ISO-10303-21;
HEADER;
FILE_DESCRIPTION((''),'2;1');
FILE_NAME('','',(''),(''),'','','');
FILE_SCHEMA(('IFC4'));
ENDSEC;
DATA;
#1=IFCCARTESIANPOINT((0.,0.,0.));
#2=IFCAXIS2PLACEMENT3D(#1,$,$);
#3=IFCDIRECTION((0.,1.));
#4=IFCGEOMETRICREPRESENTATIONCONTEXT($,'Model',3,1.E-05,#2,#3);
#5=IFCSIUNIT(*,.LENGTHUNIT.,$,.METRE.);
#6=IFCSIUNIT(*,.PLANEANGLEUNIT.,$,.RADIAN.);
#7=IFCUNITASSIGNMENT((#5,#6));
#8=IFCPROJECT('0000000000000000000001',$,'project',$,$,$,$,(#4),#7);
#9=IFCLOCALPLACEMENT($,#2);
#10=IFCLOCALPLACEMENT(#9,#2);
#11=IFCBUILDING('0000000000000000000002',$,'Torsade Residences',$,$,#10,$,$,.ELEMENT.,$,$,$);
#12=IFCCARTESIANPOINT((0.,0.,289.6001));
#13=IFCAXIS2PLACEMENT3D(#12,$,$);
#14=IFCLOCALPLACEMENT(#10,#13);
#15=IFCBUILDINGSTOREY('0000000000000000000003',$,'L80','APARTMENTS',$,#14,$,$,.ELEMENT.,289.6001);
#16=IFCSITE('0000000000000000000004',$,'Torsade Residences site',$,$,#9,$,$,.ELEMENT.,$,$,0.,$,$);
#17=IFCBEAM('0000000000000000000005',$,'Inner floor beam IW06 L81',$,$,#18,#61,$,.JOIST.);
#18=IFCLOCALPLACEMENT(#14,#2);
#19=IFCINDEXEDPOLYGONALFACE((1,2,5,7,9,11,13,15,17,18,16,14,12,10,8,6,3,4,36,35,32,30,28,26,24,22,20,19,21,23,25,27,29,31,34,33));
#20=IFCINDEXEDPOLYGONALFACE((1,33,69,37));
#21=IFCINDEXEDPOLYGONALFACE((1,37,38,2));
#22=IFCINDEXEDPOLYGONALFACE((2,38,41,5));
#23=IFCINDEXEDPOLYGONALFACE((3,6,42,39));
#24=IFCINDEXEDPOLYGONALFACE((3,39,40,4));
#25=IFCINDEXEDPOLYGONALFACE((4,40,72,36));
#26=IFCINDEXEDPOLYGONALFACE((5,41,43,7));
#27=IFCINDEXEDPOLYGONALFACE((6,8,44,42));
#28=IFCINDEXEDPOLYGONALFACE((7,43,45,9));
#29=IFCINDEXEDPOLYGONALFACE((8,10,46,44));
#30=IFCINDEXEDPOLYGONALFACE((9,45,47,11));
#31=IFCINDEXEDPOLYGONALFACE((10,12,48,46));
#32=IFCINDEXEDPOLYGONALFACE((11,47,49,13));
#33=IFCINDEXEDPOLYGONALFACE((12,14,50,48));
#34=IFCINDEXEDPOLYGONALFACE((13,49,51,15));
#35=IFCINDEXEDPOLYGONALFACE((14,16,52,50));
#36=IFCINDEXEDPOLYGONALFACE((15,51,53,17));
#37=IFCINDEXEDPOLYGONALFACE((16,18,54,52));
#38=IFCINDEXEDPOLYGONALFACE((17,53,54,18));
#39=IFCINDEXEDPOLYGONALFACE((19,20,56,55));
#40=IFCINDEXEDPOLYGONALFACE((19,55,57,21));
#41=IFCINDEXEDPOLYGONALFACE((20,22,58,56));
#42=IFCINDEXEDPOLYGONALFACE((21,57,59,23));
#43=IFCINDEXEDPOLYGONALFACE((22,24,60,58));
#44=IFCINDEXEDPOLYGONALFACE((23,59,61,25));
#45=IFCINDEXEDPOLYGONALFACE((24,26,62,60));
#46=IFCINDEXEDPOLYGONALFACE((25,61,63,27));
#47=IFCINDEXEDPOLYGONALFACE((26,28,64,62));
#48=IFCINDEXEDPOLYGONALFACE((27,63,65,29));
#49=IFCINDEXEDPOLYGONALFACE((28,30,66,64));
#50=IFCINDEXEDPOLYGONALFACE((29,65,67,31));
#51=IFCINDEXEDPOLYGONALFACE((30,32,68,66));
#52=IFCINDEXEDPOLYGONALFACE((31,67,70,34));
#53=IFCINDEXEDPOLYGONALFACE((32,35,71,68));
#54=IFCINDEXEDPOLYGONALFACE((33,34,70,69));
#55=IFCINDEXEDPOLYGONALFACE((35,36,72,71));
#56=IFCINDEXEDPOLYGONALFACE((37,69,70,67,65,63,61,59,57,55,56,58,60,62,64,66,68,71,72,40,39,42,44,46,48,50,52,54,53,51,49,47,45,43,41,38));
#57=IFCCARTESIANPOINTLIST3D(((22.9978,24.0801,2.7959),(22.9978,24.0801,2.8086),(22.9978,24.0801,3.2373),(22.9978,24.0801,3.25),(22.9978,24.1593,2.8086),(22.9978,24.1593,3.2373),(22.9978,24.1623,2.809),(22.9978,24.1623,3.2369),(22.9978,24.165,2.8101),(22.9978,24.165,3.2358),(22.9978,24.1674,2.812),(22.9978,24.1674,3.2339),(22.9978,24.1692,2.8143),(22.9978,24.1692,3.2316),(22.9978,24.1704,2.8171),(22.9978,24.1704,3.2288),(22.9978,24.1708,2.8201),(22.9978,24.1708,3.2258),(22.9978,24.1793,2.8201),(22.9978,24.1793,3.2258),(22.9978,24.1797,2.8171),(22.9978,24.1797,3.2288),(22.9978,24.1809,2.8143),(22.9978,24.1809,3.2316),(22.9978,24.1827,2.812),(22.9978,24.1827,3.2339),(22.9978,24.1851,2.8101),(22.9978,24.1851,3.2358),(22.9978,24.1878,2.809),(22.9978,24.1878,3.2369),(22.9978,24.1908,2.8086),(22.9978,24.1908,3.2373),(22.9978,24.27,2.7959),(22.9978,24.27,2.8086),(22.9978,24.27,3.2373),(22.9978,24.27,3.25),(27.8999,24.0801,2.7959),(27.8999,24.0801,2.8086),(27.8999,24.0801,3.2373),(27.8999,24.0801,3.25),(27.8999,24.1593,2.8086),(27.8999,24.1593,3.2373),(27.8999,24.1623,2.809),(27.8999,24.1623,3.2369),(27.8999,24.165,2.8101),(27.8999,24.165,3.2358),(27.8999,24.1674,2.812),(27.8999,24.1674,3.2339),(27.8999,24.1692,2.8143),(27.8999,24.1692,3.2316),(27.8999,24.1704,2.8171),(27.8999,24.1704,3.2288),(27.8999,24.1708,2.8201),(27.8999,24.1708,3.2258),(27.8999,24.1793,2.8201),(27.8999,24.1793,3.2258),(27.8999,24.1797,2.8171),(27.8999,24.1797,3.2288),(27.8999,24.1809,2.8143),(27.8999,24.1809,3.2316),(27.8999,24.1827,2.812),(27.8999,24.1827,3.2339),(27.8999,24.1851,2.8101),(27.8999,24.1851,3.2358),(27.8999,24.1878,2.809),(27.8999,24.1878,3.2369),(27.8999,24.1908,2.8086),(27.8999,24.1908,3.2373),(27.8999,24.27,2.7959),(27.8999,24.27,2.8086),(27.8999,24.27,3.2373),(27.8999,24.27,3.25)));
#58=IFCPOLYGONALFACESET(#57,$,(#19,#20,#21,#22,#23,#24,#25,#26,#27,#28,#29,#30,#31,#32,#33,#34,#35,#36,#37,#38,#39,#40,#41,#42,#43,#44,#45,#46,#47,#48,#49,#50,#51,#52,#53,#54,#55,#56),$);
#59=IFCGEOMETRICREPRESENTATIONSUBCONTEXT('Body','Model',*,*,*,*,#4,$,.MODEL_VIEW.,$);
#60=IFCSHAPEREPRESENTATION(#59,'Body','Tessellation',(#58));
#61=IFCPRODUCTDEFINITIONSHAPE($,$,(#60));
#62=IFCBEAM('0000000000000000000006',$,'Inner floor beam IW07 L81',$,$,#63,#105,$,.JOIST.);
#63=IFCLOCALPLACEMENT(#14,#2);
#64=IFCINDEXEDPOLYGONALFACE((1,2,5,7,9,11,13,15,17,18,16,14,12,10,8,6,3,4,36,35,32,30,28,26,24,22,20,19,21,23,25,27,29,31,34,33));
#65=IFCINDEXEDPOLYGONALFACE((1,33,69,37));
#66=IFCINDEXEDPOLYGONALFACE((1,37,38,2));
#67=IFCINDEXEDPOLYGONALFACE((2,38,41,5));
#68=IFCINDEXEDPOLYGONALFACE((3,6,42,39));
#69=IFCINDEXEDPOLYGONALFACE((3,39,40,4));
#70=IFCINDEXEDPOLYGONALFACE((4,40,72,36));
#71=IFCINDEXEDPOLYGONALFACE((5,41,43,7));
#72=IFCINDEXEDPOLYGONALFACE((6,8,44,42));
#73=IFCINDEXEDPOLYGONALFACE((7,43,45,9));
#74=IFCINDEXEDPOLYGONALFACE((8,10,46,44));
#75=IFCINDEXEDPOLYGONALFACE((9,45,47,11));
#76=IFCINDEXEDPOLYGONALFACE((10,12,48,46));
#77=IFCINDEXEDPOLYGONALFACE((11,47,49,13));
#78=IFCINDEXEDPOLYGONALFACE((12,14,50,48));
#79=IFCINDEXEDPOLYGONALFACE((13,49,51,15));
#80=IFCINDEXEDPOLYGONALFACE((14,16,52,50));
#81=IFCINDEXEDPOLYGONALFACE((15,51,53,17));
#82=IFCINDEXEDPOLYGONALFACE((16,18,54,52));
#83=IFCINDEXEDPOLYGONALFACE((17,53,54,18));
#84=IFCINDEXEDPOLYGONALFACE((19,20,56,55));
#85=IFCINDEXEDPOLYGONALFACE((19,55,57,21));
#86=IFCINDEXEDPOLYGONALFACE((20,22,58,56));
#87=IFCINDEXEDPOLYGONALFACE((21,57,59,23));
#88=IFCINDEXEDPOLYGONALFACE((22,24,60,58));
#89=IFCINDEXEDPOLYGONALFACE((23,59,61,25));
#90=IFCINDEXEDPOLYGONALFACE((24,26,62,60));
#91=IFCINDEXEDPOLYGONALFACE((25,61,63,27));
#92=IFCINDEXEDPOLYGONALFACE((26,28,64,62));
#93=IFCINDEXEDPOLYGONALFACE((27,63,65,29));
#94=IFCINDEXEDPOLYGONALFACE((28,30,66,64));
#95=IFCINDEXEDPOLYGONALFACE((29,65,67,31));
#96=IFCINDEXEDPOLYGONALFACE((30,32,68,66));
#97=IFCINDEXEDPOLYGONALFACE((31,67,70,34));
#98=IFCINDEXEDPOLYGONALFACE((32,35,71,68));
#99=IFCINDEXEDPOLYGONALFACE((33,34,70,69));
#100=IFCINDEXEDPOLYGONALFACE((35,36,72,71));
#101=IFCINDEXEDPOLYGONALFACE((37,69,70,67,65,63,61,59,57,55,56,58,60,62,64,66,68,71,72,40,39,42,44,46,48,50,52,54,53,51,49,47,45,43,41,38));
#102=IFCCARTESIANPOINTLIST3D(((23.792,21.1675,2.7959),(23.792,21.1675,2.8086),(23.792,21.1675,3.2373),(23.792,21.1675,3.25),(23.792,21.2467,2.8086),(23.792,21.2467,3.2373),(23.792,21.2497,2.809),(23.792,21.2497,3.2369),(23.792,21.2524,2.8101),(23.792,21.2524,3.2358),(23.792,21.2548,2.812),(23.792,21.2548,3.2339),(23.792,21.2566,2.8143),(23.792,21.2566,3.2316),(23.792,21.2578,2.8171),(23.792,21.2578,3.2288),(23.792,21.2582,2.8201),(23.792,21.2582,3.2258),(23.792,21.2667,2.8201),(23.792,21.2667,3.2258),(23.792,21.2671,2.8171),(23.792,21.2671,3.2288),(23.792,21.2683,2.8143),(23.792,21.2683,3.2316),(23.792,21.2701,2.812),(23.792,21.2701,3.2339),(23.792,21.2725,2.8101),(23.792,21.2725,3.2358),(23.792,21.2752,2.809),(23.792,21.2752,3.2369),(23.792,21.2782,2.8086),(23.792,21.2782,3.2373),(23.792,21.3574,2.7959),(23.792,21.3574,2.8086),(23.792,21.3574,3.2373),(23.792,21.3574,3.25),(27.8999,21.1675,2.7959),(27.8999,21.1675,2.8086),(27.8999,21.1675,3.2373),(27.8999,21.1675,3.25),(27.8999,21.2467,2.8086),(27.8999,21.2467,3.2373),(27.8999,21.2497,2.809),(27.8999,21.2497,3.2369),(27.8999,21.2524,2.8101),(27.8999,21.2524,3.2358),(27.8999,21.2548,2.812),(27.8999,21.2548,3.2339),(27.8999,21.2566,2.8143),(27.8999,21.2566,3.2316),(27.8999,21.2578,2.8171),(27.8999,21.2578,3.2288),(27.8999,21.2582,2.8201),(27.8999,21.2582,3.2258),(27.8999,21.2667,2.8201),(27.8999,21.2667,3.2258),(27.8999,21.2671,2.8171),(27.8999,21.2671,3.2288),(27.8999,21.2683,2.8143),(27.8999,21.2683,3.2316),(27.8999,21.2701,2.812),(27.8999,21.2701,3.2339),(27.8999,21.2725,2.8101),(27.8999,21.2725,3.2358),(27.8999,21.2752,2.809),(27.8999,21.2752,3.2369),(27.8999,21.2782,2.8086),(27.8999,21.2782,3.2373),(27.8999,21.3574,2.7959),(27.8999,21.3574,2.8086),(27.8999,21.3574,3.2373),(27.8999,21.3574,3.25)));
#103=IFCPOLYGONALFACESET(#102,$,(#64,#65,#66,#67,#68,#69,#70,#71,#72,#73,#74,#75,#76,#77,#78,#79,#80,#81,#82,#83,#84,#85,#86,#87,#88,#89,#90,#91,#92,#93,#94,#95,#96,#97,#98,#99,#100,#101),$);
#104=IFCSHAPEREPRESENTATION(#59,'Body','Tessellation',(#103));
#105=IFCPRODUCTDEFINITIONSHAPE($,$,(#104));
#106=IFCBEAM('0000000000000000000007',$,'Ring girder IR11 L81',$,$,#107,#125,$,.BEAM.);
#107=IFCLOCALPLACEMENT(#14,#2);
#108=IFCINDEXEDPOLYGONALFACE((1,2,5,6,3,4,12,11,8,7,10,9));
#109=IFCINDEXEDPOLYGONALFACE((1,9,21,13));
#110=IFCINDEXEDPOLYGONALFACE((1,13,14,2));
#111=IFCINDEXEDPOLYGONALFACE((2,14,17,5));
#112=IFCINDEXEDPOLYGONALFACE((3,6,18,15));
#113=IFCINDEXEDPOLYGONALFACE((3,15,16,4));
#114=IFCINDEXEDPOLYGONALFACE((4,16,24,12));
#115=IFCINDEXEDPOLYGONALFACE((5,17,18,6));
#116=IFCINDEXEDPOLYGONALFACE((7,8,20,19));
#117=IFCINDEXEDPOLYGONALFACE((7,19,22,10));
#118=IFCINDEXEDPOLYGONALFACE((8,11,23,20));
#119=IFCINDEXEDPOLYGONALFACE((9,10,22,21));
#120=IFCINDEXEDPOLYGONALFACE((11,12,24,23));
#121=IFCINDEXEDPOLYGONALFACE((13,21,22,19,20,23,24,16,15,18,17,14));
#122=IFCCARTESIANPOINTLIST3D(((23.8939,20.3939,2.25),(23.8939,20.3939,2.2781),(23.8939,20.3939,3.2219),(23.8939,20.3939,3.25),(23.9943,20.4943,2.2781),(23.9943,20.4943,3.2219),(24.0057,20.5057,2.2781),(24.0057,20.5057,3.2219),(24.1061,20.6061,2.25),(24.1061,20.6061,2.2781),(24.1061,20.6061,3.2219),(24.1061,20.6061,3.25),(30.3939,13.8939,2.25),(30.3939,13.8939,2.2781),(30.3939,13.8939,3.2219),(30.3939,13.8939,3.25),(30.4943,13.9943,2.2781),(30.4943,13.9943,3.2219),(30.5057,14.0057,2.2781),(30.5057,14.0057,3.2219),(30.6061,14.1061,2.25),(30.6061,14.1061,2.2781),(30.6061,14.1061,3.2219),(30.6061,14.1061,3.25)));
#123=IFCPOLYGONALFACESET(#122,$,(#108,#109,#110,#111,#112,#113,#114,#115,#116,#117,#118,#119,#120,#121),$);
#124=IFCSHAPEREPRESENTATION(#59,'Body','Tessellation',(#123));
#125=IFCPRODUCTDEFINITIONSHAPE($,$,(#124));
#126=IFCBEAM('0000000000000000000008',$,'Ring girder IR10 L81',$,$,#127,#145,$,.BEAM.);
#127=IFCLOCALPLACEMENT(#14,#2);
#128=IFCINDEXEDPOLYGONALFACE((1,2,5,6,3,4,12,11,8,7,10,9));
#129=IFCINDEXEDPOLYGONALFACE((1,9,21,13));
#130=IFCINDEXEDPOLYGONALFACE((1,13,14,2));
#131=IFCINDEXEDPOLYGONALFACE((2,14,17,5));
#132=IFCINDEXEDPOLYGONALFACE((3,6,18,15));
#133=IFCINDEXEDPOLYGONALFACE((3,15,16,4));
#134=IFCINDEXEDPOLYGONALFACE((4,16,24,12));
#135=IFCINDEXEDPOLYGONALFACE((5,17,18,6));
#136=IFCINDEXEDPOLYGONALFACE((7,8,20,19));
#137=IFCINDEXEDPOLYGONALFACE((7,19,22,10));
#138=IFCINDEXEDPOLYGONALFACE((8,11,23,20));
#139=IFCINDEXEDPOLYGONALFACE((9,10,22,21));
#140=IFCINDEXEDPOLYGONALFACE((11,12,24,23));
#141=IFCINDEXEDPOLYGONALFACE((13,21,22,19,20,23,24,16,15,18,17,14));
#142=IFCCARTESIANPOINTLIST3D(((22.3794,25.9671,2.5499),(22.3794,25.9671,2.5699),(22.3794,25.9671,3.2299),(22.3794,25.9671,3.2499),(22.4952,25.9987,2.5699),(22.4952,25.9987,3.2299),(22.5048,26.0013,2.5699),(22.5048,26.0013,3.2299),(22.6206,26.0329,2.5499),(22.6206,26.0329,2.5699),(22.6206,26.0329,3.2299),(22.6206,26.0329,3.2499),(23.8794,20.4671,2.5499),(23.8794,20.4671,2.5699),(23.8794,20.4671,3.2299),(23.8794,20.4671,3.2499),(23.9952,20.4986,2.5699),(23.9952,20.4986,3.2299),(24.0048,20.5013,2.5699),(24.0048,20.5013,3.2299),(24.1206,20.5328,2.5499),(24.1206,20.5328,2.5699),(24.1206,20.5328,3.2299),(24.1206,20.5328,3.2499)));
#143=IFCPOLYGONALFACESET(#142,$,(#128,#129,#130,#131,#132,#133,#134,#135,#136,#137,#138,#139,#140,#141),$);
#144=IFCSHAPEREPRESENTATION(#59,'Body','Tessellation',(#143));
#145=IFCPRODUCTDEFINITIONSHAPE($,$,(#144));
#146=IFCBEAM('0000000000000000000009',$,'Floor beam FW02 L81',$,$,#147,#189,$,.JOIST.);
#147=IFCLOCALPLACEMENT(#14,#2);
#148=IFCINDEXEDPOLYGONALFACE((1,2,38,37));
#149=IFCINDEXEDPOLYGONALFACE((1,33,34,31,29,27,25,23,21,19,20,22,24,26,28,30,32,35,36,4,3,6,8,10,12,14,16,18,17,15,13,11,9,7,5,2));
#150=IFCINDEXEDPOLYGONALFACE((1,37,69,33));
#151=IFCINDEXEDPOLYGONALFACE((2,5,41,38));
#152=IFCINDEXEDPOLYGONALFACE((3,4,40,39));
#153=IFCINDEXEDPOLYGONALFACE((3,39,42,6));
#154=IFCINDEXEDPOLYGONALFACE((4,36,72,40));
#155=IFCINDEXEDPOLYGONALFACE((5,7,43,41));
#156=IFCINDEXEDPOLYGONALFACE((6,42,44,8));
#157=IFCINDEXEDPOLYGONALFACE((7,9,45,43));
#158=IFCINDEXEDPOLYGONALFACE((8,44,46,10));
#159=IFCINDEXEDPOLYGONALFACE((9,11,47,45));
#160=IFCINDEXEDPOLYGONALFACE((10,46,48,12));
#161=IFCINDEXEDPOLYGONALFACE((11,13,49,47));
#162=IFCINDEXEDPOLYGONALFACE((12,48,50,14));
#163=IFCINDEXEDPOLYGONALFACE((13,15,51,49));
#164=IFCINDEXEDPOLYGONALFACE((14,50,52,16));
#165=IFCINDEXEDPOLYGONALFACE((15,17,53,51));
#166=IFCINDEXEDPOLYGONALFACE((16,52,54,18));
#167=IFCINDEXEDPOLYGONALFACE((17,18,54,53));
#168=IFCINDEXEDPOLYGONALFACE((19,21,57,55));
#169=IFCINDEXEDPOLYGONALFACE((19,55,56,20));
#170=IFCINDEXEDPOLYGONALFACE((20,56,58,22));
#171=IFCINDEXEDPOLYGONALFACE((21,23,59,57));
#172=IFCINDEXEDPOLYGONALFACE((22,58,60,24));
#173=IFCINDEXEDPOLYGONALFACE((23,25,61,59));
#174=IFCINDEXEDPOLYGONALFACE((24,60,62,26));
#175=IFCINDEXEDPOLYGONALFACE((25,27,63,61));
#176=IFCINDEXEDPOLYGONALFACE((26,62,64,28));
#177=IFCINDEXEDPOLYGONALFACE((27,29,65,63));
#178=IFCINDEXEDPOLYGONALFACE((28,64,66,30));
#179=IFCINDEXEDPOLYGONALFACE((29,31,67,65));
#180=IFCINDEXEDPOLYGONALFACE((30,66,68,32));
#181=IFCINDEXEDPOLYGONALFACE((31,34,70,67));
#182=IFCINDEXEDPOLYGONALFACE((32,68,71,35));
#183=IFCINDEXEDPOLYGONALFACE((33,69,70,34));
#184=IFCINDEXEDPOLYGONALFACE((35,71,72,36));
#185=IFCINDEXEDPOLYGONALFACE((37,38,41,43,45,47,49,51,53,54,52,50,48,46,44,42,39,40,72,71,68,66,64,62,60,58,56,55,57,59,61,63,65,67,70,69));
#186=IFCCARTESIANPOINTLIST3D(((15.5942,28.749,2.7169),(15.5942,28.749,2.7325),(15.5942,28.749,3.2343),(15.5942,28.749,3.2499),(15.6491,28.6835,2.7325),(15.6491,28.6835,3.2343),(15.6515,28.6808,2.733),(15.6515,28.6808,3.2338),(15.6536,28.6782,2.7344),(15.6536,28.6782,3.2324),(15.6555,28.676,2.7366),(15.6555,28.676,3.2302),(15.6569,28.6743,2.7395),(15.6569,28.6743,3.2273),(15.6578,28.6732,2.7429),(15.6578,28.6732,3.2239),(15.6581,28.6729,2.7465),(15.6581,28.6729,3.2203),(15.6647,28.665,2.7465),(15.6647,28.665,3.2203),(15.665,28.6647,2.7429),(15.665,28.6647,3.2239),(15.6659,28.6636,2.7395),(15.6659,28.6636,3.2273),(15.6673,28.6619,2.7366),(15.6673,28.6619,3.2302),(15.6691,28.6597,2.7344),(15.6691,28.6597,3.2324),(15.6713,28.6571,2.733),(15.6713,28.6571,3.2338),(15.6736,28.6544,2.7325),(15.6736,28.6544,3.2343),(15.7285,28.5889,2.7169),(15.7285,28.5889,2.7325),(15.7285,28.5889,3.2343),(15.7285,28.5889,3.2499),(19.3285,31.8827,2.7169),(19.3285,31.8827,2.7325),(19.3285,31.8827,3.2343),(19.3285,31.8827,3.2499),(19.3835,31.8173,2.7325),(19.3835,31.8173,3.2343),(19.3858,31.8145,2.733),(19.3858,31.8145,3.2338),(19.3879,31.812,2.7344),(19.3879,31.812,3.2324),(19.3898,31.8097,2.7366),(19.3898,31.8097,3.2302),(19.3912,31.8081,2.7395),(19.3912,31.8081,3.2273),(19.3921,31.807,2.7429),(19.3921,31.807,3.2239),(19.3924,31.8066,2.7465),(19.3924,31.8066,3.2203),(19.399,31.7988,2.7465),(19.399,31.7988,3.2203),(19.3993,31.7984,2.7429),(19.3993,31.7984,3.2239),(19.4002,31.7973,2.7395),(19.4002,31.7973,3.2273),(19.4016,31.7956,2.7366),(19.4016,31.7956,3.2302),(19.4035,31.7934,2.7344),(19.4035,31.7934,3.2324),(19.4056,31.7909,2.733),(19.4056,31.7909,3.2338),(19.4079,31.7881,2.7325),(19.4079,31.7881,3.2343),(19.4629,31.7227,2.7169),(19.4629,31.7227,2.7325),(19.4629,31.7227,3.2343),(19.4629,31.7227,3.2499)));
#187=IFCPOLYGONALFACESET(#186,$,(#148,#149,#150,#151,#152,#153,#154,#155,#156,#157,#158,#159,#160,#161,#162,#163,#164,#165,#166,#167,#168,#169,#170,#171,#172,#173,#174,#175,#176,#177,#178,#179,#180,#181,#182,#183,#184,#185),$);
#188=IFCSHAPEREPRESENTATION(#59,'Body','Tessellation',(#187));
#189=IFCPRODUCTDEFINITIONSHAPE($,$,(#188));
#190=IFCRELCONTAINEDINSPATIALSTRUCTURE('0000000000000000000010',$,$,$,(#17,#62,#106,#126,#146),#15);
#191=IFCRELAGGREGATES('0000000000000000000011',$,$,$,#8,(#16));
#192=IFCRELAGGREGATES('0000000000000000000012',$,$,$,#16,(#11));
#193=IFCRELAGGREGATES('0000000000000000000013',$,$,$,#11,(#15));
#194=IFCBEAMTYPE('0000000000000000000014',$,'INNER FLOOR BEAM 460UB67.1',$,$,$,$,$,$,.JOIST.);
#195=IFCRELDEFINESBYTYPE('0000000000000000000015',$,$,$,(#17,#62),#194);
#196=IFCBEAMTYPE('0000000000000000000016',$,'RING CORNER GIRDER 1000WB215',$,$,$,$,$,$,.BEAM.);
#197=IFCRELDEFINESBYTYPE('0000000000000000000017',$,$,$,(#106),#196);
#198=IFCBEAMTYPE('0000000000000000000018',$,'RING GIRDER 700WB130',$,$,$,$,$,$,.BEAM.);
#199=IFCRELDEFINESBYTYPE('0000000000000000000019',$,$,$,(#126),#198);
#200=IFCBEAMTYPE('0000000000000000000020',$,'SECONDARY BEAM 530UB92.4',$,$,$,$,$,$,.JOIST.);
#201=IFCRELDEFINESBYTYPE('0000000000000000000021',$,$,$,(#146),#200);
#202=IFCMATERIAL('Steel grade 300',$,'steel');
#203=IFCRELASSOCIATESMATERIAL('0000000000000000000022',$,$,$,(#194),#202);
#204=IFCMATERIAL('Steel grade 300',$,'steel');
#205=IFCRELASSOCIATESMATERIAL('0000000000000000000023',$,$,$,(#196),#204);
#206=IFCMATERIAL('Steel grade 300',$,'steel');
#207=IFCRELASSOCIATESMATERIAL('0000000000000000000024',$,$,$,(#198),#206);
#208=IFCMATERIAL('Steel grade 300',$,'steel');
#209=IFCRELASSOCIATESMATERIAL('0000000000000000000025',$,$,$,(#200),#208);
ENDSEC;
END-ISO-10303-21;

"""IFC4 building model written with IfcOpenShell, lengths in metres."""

from ifc_helpers import new_model, si_unit, direction, frame, origin, origin_2d, place, context, subcontext, project, spatial, i_section, extrude, material, material_profile, profile_set, type_object, element, save


model = new_model("IFC4")

# Units and contexts
model_context = context("Model", 3, precision=1e-05, world=origin(), true_north=direction((0.0, 1.0)))
body_context = subcontext(model_context, "Body", "Model", "MODEL_VIEW")
ifc_project = project(units=[si_unit("LENGTHUNIT", "METRE"), si_unit("PLANEANGLEUNIT", "RADIAN")], contexts=[model_context])

# Site, building, storey
site_placement = place(None, origin())
site = spatial("IfcSite", under=ifc_project, at=site_placement, Name="Torsade Residences site", CompositionType="ELEMENT", RefElevation=0.0)
building_placement = place(site_placement, origin())
building = spatial("IfcBuilding", under=site, at=building_placement, Name="Torsade Residences", CompositionType="ELEMENT")
storey_placement = place(building_placement, frame((0.0, 0.0, 289.6001)))
storey = spatial("IfcBuildingStorey", under=building, at=storey_placement, Name="L80", Description="APARTMENTS", CompositionType="ELEMENT", Elevation=289.6001)

# Beams
ifc_material_1 = material(Name="Steel grade 300", Category="steel")
ifc_material_profile_1 = material_profile(ifc_material_1, i_section(OverallWidth=0.1899, OverallDepth=0.4541, WebThickness=0.0085, FlangeThickness=0.0127, FilletRadius=0.0115, at=origin_2d()), Name="460UB67.1")
ifc_profile_set_1 = profile_set([ifc_material_profile_1], Name="Steel grade 300")
beam_type_1 = type_object("IfcBeamType", Name="INNER FLOOR BEAM 460UB67.1", PredefinedType="JOIST", material=ifc_profile_set_1)
beam_1_placement = place(storey_placement, frame((27.8999, 24.175, 3.0229), z_axis=(-1.0, 0.0, 0.0), x_axis=(0.0, -1.0, 0.0)))
element("IfcBeam", 1, at=beam_1_placement, inside=storey, type_object=beam_type_1, Name="Inner floor beam IW06 L81", PredefinedType="JOIST", context=body_context, shape_type="SweptSolid", body=[
    extrude(i_section(OverallWidth=0.1899, OverallDepth=0.4541, WebThickness=0.0085, FlangeThickness=0.0127, FilletRadius=0.0115, at=origin_2d()), origin(), (0.0, 0.0, 1.0), 4.9021),
])
beam_2_placement = place(storey_placement, frame((27.8999, 21.2625, 3.0229), z_axis=(-1.0, 0.0, 0.0), x_axis=(0.0, -1.0, 0.0)))
element("IfcBeam", 2, at=beam_2_placement, inside=storey, type_object=beam_type_1, Name="Inner floor beam IW07 L81", PredefinedType="JOIST", context=body_context, shape_type="SweptSolid", body=[
    extrude(i_section(OverallWidth=0.1899, OverallDepth=0.4541, WebThickness=0.0085, FlangeThickness=0.0127, FilletRadius=0.0115, at=origin_2d()), origin(), (0.0, 0.0, 1.0), 4.1079),
])
ifc_material_2 = material(Name="Steel grade 300", Category="steel")
ifc_material_profile_2 = material_profile(ifc_material_2, i_section(OverallWidth=0.3, OverallDepth=1.0, WebThickness=0.0161, FlangeThickness=0.0281, at=origin_2d()), Name="1000WB215")
ifc_profile_set_2 = profile_set([ifc_material_profile_2], Name="Steel grade 300")
beam_type_2 = type_object("IfcBeamType", Name="RING CORNER GIRDER 1000WB215", PredefinedType="BEAM", material=ifc_profile_set_2)
beam_3_placement = place(storey_placement, frame((24.0, 20.5, 2.75), z_axis=(0.707107, -0.707107, 0.0), x_axis=(0.707107, 0.707107, 0.0)))
element("IfcBeam", 3, at=beam_3_placement, inside=storey, type_object=beam_type_2, Name="Ring girder IR11 L81", PredefinedType="BEAM", context=body_context, shape_type="SweptSolid", body=[
    extrude(i_section(OverallWidth=0.3, OverallDepth=1.0, WebThickness=0.0161, FlangeThickness=0.0281, at=origin_2d()), origin(), (0.0, 0.0, 1.0), 9.1924),
])
ifc_material_3 = material(Name="Steel grade 300", Category="steel")
ifc_material_profile_3 = material_profile(ifc_material_3, i_section(OverallWidth=0.25, OverallDepth=0.7, WebThickness=0.01, FlangeThickness=0.02, at=origin_2d()), Name="700WB130")
ifc_profile_set_3 = profile_set([ifc_material_profile_3], Name="Steel grade 300")
beam_type_3 = type_object("IfcBeamType", Name="RING GIRDER 700WB130", PredefinedType="BEAM", material=ifc_profile_set_3)
beam_4_placement = place(storey_placement, frame((22.5, 26.0, 2.8999), z_axis=(0.263117, -0.964764, 0.0), x_axis=(0.964764, 0.263117, 0.0)))
element("IfcBeam", 4, at=beam_4_placement, inside=storey, type_object=beam_type_3, Name="Ring girder IR10 L81", PredefinedType="BEAM", context=body_context, shape_type="SweptSolid", body=[
    extrude(i_section(OverallWidth=0.25, OverallDepth=0.7, WebThickness=0.01, FlangeThickness=0.02, at=origin_2d()), origin(), (0.0, 0.0, 1.0), 5.7009),
])
ifc_material_4 = material(Name="Steel grade 300", Category="steel")
ifc_material_profile_4 = material_profile(ifc_material_4, i_section(OverallWidth=0.209, OverallDepth=0.533, WebThickness=0.0103, FlangeThickness=0.0156, FilletRadius=0.0139, at=origin_2d()), Name="530UB92.4")
ifc_profile_set_4 = profile_set([ifc_material_profile_4], Name="Steel grade 300")
beam_type_4 = type_object("IfcBeamType", Name="SECONDARY BEAM 530UB92.4", PredefinedType="JOIST", material=ifc_profile_set_4)
beam_5_placement = place(storey_placement, frame((15.6614, 28.6689, 2.9834), z_axis=(0.766017, 0.642821, 0.0), x_axis=(-0.642821, 0.766017, 0.0)))
element("IfcBeam", 5, at=beam_5_placement, inside=storey, type_object=beam_type_4, Name="Floor beam FW02 L81", PredefinedType="JOIST", context=body_context, shape_type="SweptSolid", body=[
    extrude(i_section(OverallWidth=0.209, OverallDepth=0.533, WebThickness=0.0103, FlangeThickness=0.0156, FilletRadius=0.0139, at=origin_2d()), origin(), (0.0, 0.0, 1.0), 4.875),
])

save(model, "model.ifc")
